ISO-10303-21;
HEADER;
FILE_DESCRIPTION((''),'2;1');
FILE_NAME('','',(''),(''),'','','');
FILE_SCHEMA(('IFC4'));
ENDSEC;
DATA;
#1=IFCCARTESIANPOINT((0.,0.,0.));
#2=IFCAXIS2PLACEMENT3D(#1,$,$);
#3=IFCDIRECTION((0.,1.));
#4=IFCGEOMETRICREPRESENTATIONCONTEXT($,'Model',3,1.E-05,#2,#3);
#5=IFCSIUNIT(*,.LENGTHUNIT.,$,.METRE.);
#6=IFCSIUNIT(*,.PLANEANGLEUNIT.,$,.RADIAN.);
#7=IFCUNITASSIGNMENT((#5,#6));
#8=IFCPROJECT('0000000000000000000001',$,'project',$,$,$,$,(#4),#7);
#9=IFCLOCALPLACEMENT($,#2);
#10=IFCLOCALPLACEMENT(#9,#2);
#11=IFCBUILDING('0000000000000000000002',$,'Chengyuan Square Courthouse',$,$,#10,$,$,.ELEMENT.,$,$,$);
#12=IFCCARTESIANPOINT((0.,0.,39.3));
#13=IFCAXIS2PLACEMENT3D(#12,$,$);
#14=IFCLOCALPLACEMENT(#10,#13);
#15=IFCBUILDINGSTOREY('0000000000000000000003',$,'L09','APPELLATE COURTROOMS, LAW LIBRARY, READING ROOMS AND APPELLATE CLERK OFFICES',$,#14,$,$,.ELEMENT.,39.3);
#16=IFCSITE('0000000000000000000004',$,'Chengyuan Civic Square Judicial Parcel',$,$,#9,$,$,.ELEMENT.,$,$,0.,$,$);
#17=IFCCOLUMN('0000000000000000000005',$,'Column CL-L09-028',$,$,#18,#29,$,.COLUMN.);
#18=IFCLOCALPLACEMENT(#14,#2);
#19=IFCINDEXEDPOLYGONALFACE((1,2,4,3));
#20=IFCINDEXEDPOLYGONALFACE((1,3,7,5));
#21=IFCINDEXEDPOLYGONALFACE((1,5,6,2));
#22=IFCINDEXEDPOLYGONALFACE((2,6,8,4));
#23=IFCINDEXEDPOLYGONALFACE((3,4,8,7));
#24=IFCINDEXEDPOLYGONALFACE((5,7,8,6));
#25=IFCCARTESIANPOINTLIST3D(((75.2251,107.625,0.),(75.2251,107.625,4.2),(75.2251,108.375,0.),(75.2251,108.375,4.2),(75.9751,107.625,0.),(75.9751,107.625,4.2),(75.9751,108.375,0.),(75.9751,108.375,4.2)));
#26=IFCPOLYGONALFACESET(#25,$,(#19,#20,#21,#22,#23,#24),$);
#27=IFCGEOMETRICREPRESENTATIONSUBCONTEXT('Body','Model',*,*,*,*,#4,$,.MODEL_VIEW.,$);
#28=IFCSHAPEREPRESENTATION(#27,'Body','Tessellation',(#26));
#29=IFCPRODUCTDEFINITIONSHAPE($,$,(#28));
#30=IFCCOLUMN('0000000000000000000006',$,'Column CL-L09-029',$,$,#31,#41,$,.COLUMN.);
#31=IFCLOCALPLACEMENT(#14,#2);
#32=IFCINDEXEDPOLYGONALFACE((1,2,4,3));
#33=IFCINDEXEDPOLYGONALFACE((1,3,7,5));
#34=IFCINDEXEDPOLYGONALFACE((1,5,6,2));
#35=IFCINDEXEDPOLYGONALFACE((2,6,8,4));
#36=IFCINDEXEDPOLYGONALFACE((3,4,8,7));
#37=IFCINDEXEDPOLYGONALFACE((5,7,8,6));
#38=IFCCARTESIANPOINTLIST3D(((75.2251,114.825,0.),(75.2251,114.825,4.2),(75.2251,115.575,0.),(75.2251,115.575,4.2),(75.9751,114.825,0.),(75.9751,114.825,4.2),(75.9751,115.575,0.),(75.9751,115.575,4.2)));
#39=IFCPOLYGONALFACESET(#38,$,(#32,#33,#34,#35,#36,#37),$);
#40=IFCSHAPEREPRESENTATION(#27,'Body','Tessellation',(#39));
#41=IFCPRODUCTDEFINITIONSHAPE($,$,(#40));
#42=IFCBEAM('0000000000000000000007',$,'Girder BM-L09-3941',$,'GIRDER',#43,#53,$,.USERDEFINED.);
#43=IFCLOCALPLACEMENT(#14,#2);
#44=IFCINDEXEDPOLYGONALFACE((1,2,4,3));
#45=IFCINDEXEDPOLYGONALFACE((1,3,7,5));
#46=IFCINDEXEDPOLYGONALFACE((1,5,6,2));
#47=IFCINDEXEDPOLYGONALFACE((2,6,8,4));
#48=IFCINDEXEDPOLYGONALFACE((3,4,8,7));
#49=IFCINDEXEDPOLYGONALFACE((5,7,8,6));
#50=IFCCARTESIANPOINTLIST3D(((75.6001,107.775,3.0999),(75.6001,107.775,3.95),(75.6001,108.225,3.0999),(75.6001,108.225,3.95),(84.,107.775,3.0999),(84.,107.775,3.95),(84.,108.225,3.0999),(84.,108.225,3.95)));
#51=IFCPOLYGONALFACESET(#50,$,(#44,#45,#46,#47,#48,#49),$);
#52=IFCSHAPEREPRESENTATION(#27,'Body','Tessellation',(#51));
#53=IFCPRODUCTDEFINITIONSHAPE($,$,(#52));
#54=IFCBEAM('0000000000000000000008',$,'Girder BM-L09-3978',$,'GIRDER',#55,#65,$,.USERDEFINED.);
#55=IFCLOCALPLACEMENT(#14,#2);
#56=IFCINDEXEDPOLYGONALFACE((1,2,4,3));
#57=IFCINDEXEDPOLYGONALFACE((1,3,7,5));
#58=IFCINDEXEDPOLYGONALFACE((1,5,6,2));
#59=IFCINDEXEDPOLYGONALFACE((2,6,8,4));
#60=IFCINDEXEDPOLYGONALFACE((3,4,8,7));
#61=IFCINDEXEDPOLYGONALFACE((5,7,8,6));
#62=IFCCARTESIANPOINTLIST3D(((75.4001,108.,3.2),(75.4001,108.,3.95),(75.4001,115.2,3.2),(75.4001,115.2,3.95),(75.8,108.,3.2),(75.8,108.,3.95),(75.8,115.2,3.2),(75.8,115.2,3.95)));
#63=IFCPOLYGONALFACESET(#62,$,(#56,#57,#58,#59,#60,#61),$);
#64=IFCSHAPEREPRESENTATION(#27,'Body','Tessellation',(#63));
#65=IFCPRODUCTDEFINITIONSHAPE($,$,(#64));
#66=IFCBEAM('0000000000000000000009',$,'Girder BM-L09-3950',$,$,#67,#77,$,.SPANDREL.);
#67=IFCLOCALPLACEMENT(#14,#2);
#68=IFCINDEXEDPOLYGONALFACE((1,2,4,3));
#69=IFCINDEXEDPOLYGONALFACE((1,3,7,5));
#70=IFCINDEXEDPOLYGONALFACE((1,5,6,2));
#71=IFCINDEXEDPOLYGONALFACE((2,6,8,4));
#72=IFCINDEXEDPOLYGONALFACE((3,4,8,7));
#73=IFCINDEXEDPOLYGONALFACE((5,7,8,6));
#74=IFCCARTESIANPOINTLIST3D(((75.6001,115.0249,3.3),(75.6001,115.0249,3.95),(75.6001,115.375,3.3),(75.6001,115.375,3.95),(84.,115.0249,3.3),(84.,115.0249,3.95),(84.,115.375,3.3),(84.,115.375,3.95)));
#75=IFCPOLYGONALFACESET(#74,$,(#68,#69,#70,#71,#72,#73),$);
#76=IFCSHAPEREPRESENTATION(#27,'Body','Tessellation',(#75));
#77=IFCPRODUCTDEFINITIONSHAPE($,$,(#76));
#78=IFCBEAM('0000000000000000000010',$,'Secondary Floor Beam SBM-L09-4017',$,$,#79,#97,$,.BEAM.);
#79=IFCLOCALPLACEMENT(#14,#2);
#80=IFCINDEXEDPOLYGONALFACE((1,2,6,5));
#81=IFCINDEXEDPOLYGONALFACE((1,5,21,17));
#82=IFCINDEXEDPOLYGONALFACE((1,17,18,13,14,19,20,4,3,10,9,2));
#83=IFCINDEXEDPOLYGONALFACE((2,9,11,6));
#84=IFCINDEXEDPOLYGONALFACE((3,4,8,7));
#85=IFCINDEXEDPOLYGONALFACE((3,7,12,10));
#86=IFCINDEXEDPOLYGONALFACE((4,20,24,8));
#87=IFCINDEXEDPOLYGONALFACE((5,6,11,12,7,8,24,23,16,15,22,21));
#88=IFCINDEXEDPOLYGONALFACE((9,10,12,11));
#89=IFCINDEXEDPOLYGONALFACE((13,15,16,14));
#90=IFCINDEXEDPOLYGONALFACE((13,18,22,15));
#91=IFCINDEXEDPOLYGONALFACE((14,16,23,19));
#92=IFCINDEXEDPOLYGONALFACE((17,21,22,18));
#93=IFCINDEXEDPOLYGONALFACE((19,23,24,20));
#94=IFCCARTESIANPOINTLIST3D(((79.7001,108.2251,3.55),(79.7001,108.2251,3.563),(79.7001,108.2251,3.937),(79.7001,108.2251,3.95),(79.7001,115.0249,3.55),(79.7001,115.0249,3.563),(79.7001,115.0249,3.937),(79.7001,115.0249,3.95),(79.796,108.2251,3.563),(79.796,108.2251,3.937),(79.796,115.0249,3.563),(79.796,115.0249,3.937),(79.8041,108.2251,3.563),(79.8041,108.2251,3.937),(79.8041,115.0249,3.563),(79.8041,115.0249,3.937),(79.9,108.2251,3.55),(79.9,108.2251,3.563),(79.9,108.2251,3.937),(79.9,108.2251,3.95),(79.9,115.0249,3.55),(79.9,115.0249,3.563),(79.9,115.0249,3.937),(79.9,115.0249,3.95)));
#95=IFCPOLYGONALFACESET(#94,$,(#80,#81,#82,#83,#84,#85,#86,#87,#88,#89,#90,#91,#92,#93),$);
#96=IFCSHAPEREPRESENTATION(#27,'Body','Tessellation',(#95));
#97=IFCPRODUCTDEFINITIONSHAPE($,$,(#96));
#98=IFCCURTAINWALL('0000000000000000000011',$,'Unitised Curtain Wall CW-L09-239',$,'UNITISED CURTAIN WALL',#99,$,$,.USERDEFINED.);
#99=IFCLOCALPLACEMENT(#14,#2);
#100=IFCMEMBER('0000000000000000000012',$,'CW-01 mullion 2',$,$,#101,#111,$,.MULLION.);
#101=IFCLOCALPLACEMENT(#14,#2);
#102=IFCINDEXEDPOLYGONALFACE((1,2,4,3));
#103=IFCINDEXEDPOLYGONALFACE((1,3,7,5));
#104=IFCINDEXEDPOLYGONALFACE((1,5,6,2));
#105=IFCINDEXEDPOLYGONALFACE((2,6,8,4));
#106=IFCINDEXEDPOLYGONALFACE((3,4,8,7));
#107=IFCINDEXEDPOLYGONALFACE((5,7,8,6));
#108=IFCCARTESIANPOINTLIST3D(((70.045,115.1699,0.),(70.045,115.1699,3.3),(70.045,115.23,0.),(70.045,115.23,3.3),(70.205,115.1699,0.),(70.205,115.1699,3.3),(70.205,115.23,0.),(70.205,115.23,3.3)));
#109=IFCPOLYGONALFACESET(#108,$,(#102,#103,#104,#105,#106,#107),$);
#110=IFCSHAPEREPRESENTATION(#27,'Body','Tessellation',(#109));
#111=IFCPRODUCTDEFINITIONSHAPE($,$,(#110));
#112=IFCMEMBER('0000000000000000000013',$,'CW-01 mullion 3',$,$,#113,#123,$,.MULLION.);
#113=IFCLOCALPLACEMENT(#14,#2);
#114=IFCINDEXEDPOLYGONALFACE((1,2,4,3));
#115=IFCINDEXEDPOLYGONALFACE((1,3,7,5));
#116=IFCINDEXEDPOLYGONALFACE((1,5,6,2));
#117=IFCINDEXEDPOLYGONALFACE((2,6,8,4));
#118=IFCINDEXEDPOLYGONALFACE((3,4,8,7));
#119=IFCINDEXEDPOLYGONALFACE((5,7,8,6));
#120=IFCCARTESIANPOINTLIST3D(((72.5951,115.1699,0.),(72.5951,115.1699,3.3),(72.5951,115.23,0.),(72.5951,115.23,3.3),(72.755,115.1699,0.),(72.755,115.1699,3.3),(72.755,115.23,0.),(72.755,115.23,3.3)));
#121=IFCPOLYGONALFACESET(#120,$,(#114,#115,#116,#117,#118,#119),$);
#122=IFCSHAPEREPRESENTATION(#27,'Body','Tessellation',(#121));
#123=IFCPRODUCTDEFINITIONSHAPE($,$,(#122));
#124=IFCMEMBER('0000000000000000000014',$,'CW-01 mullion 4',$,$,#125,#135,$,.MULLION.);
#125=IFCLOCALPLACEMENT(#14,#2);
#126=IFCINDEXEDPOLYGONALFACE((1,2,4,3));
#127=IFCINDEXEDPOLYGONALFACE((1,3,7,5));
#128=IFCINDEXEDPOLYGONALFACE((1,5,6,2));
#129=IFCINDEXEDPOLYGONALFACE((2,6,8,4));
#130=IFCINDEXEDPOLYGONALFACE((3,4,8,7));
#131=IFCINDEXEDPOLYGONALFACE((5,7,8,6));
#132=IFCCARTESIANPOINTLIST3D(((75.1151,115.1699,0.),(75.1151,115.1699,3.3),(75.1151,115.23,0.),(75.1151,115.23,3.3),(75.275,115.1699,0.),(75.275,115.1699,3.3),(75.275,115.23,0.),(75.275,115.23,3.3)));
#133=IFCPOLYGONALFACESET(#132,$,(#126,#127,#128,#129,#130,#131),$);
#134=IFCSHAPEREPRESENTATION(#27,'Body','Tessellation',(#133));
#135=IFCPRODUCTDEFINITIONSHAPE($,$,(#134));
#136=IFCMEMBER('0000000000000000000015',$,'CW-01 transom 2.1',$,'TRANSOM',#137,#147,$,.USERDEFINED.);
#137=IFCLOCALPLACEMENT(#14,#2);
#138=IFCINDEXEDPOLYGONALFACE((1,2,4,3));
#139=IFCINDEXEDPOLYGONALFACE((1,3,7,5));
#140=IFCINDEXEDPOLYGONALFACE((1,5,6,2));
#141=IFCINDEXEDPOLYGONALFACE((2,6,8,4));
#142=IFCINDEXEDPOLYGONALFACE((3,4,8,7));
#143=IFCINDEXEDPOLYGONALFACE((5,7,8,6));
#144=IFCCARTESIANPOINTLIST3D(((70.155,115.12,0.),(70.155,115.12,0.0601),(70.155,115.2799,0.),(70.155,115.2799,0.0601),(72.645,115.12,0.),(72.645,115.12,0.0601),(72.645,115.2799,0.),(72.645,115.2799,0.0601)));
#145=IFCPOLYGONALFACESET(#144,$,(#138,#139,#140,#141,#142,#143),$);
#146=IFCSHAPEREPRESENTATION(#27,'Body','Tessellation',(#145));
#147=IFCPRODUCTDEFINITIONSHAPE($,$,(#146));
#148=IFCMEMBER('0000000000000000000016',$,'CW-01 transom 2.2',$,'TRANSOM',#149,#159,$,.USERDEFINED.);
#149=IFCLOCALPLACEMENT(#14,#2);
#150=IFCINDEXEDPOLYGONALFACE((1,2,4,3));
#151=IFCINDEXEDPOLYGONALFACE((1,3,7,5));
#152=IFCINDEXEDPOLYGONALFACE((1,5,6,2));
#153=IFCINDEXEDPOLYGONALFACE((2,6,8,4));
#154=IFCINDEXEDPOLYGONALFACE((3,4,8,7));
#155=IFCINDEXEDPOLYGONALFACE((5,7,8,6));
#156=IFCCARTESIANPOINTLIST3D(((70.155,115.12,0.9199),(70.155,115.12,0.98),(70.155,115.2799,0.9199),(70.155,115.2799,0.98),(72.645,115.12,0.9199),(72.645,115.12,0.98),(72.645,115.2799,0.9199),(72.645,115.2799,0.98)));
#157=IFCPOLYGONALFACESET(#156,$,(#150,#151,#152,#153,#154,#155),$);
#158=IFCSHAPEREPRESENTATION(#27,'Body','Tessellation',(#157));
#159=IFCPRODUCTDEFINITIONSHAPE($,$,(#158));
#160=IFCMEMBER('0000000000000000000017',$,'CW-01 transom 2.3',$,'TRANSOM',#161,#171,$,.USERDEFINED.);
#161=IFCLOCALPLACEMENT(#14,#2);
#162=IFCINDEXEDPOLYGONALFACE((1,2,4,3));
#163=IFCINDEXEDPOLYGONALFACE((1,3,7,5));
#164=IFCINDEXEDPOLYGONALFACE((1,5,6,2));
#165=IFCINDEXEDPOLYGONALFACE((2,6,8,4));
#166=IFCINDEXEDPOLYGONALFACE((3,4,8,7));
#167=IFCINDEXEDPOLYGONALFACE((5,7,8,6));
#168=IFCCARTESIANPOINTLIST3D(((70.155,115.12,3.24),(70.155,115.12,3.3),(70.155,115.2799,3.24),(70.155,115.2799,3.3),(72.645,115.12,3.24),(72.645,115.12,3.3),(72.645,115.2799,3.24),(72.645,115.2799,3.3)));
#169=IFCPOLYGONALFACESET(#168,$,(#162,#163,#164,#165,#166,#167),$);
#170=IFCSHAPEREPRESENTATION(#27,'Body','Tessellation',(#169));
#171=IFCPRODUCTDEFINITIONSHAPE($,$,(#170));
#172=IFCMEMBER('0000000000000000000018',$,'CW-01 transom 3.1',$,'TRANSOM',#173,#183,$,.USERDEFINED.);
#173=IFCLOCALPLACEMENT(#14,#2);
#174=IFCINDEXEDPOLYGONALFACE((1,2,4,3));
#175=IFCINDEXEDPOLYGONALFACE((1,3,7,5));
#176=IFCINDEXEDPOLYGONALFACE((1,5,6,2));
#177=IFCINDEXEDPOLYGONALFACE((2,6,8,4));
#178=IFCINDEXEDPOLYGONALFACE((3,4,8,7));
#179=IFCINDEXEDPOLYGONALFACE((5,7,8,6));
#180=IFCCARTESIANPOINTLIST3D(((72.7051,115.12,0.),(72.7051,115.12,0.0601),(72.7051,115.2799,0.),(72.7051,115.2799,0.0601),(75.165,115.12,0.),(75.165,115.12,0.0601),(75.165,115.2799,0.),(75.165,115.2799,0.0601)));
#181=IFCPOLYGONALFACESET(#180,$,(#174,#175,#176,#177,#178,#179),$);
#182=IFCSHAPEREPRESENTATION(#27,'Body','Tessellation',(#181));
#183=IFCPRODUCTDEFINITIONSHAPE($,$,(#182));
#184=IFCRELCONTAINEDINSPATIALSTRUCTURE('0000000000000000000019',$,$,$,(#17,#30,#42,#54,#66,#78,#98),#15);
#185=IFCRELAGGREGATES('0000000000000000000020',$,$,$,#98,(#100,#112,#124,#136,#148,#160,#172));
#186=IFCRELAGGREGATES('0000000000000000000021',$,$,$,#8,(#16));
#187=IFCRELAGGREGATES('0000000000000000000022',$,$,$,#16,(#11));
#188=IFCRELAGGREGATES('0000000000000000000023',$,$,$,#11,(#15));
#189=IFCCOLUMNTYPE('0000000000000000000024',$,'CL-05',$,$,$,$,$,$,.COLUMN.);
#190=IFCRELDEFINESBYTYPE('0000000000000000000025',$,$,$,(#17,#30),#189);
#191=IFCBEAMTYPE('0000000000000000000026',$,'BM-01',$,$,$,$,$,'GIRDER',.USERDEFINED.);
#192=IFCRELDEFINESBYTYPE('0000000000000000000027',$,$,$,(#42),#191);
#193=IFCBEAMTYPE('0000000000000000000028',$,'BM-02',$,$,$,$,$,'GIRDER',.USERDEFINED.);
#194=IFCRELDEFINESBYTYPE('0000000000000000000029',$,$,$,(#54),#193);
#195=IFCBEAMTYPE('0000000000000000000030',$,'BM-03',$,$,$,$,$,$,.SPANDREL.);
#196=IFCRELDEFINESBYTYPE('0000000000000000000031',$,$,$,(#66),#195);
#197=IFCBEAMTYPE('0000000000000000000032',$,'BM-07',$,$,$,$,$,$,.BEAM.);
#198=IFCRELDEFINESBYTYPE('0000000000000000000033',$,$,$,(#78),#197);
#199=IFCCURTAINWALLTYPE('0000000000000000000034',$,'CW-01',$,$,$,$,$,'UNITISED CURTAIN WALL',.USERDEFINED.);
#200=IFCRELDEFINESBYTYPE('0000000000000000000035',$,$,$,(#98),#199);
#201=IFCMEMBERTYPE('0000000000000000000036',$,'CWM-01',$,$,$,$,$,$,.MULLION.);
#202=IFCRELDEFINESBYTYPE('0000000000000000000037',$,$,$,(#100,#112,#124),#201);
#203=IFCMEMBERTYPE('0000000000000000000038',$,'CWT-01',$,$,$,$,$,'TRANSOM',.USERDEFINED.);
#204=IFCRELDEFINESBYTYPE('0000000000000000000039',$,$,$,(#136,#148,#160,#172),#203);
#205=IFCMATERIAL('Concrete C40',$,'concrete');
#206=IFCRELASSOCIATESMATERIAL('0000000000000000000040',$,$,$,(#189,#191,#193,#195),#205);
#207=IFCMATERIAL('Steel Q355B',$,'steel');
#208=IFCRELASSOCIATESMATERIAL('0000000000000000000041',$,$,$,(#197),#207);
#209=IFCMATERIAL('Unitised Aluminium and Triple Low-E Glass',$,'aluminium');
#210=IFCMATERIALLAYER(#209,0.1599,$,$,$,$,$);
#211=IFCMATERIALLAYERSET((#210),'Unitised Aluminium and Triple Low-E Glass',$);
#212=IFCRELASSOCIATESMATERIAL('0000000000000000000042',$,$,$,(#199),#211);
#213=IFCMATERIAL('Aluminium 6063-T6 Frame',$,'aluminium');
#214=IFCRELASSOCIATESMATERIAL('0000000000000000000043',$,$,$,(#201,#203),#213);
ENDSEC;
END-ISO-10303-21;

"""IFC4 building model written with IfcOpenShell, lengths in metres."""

from ifc_helpers import new_model, si_unit, direction, frame, origin, origin_2d, place, context, subcontext, project, spatial, rectangle, i_section, extrude, material, layer, layer_set, material_profile, profile_set, type_object, element, aggregate, save


model = new_model("IFC4")

# Units and contexts
model_context = context("Model", 3, precision=1e-05, world=origin(), true_north=direction((0.0, 1.0)))
body_context = subcontext(model_context, "Body", "Model", "MODEL_VIEW")
ifc_project = project(units=[si_unit("LENGTHUNIT", "METRE"), si_unit("PLANEANGLEUNIT", "RADIAN")], contexts=[model_context])

# Site, building, storey
site_placement = place(None, origin())
site = spatial("IfcSite", under=ifc_project, at=site_placement, Name="Chengyuan Civic Square Judicial Parcel", CompositionType="ELEMENT", RefElevation=0.0)
building_placement = place(site_placement, origin())
building = spatial("IfcBuilding", under=site, at=building_placement, Name="Chengyuan Square Courthouse", CompositionType="ELEMENT")
storey_placement = place(building_placement, frame((0.0, 0.0, 39.3)))
storey = spatial("IfcBuildingStorey", under=building, at=storey_placement, Name="L09", Description="APPELLATE COURTROOMS, LAW LIBRARY, READING ROOMS AND APPELLATE CLERK OFFICES", CompositionType="ELEMENT", Elevation=39.3)

# Columns
ifc_material_1 = material(Name="Concrete C40", Category="concrete")
ifc_material_profile_1 = material_profile(ifc_material_1, rectangle(XDim=0.75, YDim=0.75, at=origin_2d()), Name="RC-COL-750x750")
ifc_profile_set_1 = profile_set([ifc_material_profile_1], Name="Concrete C40")
column_type = type_object("IfcColumnType", Name="CL-05", PredefinedType="COLUMN", material=ifc_profile_set_1)
for number, where, z_axis, x_axis, name in (
    (1, (75.6001, 108.0, 0.0), (0.0, 0.0, 1.0), (1.0, 0.0, 0.0), "Column CL-L09-028"),
    (2, (75.6001, 115.2, 0.0), (0.0, 0.0, 1.0), (1.0, 0.0, 0.0), "Column CL-L09-029"),
):
    element("IfcColumn", number, at=place(storey_placement, frame(where, z_axis=z_axis, x_axis=x_axis)), inside=storey, type_object=column_type, Name=name, PredefinedType="COLUMN", context=body_context, shape_type="SweptSolid", body=[
        extrude(rectangle(XDim=0.75, YDim=0.75, at=origin_2d()), origin(), (0.0, 0.0, 1.0), 4.2),
    ])

# Beams
ifc_material_profile_2 = material_profile(ifc_material_1, rectangle(XDim=0.45, YDim=0.8501, at=origin_2d()), Name="RC-BM-450x850")
ifc_profile_set_2 = profile_set([ifc_material_profile_2], Name="Concrete C40")
beam_type_1 = type_object("IfcBeamType", Name="BM-01", ElementType="GIRDER", PredefinedType="USERDEFINED", material=ifc_profile_set_2)
beam_1_placement = place(storey_placement, frame((75.6001, 108.0, 3.5249), z_axis=(1.0, 0.0, 0.0), x_axis=(0.0, 1.0, 0.0)))
element("IfcBeam", 3, at=beam_1_placement, inside=storey, type_object=beam_type_1, Name="Girder BM-L09-3941", ObjectType="GIRDER", PredefinedType="USERDEFINED", context=body_context, shape_type="SweptSolid", body=[
    extrude(rectangle(XDim=0.45, YDim=0.8501, at=origin_2d()), origin(), (0.0, 0.0, 1.0), 8.3999),
])
ifc_material_profile_3 = material_profile(ifc_material_1, rectangle(XDim=0.3999, YDim=0.75, at=origin_2d()), Name="RC-BM-400x750")
ifc_profile_set_3 = profile_set([ifc_material_profile_3], Name="Concrete C40")
beam_type_2 = type_object("IfcBeamType", Name="BM-02", ElementType="GIRDER", PredefinedType="USERDEFINED", material=ifc_profile_set_3)
beam_2_placement = place(storey_placement, frame((75.6001, 108.0, 3.575), z_axis=(0.0, 1.0, 0.0), x_axis=(-1.0, 0.0, 0.0)))
element("IfcBeam", 4, at=beam_2_placement, inside=storey, type_object=beam_type_2, Name="Girder BM-L09-3978", ObjectType="GIRDER", PredefinedType="USERDEFINED", context=body_context, shape_type="SweptSolid", body=[
    extrude(rectangle(XDim=0.3999, YDim=0.75, at=origin_2d()), origin(), (0.0, 0.0, 1.0), 7.2),
])
ifc_material_profile_4 = material_profile(ifc_material_1, rectangle(XDim=0.3501, YDim=0.6499, at=origin_2d()), Name="RC-BM-350x650")
ifc_profile_set_4 = profile_set([ifc_material_profile_4], Name="Concrete C40")
beam_type_3 = type_object("IfcBeamType", Name="BM-03", PredefinedType="SPANDREL", material=ifc_profile_set_4)
beam_3_placement = place(storey_placement, frame((75.6001, 115.2, 3.625), z_axis=(1.0, 0.0, 0.0), x_axis=(0.0, 1.0, 0.0)))
element("IfcBeam", 5, at=beam_3_placement, inside=storey, type_object=beam_type_3, Name="Girder BM-L09-3950", PredefinedType="SPANDREL", context=body_context, shape_type="SweptSolid", body=[
    extrude(rectangle(XDim=0.3501, YDim=0.6499, at=origin_2d()), origin(), (0.0, 0.0, 1.0), 8.3999),
])
ifc_material_2 = material(Name="Steel Q355B", Category="steel")
ifc_material_profile_5 = material_profile(ifc_material_2, i_section(OverallWidth=0.2, OverallDepth=0.3999, WebThickness=0.0081, FlangeThickness=0.0129, at=origin_2d()), Name="HN 400x200x8x13")
ifc_profile_set_5 = profile_set([ifc_material_profile_5], Name="Steel Q355B")
beam_type_4 = type_object("IfcBeamType", Name="BM-07", PredefinedType="BEAM", material=ifc_profile_set_5)
beam_4_placement = place(storey_placement, frame((79.8, 108.2251, 3.75), z_axis=(0.0, 1.0, 0.0), x_axis=(-1.0, 0.0, 0.0)))
element("IfcBeam", 6, at=beam_4_placement, inside=storey, type_object=beam_type_4, Name="Secondary Floor Beam SBM-L09-4017", PredefinedType="BEAM", context=body_context, shape_type="SweptSolid", body=[
    extrude(i_section(OverallWidth=0.2, OverallDepth=0.3999, WebThickness=0.0081, FlangeThickness=0.0129, at=origin_2d()), origin(), (0.0, 0.0, 1.0), 6.7998),
])

# Curtain wall, members
ifc_material_3 = material(Name="Unitised Aluminium and Triple Low-E Glass", Category="aluminium")
ifc_layer_1 = layer(ifc_material_3, 0.1599)
ifc_layer_set_1 = layer_set([ifc_layer_1], Name="Unitised Aluminium and Triple Low-E Glass")
curtain_wall_type = type_object("IfcCurtainWallType", Name="CW-01", ElementType="UNITISED CURTAIN WALL", PredefinedType="USERDEFINED", material=ifc_layer_set_1)
curtain_wall_placement = place(storey_placement, origin())
curtain_wall = element("IfcCurtainWall", 7, at=curtain_wall_placement, inside=storey, type_object=curtain_wall_type, Name="Unitised Curtain Wall CW-L09-239", ObjectType="UNITISED CURTAIN WALL", PredefinedType="USERDEFINED")
ifc_material_4 = material(Name="Aluminium 6063-T6 Frame", Category="aluminium")
ifc_material_profile_6 = material_profile(ifc_material_4, rectangle(XDim=0.0601, YDim=0.1599, at=origin_2d()), Name="CW-MUL-60x160")
ifc_profile_set_6 = profile_set([ifc_material_profile_6], Name="Aluminium 6063-T6 Frame")
member_type_1 = type_object("IfcMemberType", Name="CWM-01", PredefinedType="MULLION", material=ifc_profile_set_6)
member_1_placement = place(storey_placement, frame((70.125, 115.2, 0.0), z_axis=(0.0, 0.0, 1.0), x_axis=(0.0, 1.0, 0.0)))
member_1 = element("IfcMember", 8, at=member_1_placement, type_object=member_type_1, Name="CW-01 mullion 2", PredefinedType="MULLION", context=body_context, shape_type="SweptSolid", body=[
    extrude(rectangle(XDim=0.0601, YDim=0.1599, at=origin_2d()), origin(), (0.0, 0.0, 1.0), 3.3),
])
member_2_placement = place(storey_placement, frame((72.675, 115.2, 0.0), z_axis=(0.0, 0.0, 1.0), x_axis=(0.0, 1.0, 0.0)))
member_2 = element("IfcMember", 9, at=member_2_placement, type_object=member_type_1, Name="CW-01 mullion 3", PredefinedType="MULLION", context=body_context, shape_type="SweptSolid", body=[
    extrude(rectangle(XDim=0.0601, YDim=0.1599, at=origin_2d()), origin(), (0.0, 0.0, 1.0), 3.3),
])
member_3_placement = place(storey_placement, frame((75.1951, 115.2, 0.0), z_axis=(0.0, 0.0, 1.0), x_axis=(0.0, 1.0, 0.0)))
member_3 = element("IfcMember", 10, at=member_3_placement, type_object=member_type_1, Name="CW-01 mullion 4", PredefinedType="MULLION", context=body_context, shape_type="SweptSolid", body=[
    extrude(rectangle(XDim=0.0601, YDim=0.1599, at=origin_2d()), origin(), (0.0, 0.0, 1.0), 3.3),
])
ifc_material_profile_7 = material_profile(ifc_material_4, rectangle(XDim=0.1599, YDim=0.0601, at=origin_2d()), Name="CW-TRN-60x120")
ifc_profile_set_7 = profile_set([ifc_material_profile_7], Name="Aluminium 6063-T6 Frame")
member_type_2 = type_object("IfcMemberType", Name="CWT-01", ElementType="TRANSOM", PredefinedType="USERDEFINED", material=ifc_profile_set_7)
member_4_placement = place(storey_placement, frame((70.155, 115.2, 0.03), z_axis=(1.0, 0.0, 0.0), x_axis=(0.0, 1.0, 0.0)))
member_4 = element("IfcMember", 11, at=member_4_placement, type_object=member_type_2, Name="CW-01 transom 2.1", ObjectType="TRANSOM", PredefinedType="USERDEFINED", context=body_context, shape_type="SweptSolid", body=[
    extrude(rectangle(XDim=0.1599, YDim=0.0601, at=origin_2d()), origin(), (0.0, 0.0, 1.0), 2.49),
])
member_5_placement = place(storey_placement, frame((70.155, 115.2, 0.95), z_axis=(1.0, 0.0, 0.0), x_axis=(0.0, 1.0, 0.0)))
member_5 = element("IfcMember", 12, at=member_5_placement, type_object=member_type_2, Name="CW-01 transom 2.2", ObjectType="TRANSOM", PredefinedType="USERDEFINED", context=body_context, shape_type="SweptSolid", body=[
    extrude(rectangle(XDim=0.1599, YDim=0.0601, at=origin_2d()), origin(), (0.0, 0.0, 1.0), 2.49),
])
member_6_placement = place(storey_placement, frame((70.155, 115.2, 3.27), z_axis=(1.0, 0.0, 0.0), x_axis=(0.0, 1.0, 0.0)))
member_6 = element("IfcMember", 13, at=member_6_placement, type_object=member_type_2, Name="CW-01 transom 2.3", ObjectType="TRANSOM", PredefinedType="USERDEFINED", context=body_context, shape_type="SweptSolid", body=[
    extrude(rectangle(XDim=0.1599, YDim=0.0601, at=origin_2d()), origin(), (0.0, 0.0, 1.0), 2.49),
])
member_7_placement = place(storey_placement, frame((72.7051, 115.2, 0.03), z_axis=(1.0, 0.0, 0.0), x_axis=(0.0, 1.0, 0.0)))
member_7 = element("IfcMember", 14, at=member_7_placement, type_object=member_type_2, Name="CW-01 transom 3.1", ObjectType="TRANSOM", PredefinedType="USERDEFINED", context=body_context, shape_type="SweptSolid", body=[
    extrude(rectangle(XDim=0.1599, YDim=0.0601, at=origin_2d()), origin(), (0.0, 0.0, 1.0), 2.46),
])
aggregate(curtain_wall, [member_1, member_2, member_3, member_4, member_5, member_6, member_7])

save(model, "model.ifc")
